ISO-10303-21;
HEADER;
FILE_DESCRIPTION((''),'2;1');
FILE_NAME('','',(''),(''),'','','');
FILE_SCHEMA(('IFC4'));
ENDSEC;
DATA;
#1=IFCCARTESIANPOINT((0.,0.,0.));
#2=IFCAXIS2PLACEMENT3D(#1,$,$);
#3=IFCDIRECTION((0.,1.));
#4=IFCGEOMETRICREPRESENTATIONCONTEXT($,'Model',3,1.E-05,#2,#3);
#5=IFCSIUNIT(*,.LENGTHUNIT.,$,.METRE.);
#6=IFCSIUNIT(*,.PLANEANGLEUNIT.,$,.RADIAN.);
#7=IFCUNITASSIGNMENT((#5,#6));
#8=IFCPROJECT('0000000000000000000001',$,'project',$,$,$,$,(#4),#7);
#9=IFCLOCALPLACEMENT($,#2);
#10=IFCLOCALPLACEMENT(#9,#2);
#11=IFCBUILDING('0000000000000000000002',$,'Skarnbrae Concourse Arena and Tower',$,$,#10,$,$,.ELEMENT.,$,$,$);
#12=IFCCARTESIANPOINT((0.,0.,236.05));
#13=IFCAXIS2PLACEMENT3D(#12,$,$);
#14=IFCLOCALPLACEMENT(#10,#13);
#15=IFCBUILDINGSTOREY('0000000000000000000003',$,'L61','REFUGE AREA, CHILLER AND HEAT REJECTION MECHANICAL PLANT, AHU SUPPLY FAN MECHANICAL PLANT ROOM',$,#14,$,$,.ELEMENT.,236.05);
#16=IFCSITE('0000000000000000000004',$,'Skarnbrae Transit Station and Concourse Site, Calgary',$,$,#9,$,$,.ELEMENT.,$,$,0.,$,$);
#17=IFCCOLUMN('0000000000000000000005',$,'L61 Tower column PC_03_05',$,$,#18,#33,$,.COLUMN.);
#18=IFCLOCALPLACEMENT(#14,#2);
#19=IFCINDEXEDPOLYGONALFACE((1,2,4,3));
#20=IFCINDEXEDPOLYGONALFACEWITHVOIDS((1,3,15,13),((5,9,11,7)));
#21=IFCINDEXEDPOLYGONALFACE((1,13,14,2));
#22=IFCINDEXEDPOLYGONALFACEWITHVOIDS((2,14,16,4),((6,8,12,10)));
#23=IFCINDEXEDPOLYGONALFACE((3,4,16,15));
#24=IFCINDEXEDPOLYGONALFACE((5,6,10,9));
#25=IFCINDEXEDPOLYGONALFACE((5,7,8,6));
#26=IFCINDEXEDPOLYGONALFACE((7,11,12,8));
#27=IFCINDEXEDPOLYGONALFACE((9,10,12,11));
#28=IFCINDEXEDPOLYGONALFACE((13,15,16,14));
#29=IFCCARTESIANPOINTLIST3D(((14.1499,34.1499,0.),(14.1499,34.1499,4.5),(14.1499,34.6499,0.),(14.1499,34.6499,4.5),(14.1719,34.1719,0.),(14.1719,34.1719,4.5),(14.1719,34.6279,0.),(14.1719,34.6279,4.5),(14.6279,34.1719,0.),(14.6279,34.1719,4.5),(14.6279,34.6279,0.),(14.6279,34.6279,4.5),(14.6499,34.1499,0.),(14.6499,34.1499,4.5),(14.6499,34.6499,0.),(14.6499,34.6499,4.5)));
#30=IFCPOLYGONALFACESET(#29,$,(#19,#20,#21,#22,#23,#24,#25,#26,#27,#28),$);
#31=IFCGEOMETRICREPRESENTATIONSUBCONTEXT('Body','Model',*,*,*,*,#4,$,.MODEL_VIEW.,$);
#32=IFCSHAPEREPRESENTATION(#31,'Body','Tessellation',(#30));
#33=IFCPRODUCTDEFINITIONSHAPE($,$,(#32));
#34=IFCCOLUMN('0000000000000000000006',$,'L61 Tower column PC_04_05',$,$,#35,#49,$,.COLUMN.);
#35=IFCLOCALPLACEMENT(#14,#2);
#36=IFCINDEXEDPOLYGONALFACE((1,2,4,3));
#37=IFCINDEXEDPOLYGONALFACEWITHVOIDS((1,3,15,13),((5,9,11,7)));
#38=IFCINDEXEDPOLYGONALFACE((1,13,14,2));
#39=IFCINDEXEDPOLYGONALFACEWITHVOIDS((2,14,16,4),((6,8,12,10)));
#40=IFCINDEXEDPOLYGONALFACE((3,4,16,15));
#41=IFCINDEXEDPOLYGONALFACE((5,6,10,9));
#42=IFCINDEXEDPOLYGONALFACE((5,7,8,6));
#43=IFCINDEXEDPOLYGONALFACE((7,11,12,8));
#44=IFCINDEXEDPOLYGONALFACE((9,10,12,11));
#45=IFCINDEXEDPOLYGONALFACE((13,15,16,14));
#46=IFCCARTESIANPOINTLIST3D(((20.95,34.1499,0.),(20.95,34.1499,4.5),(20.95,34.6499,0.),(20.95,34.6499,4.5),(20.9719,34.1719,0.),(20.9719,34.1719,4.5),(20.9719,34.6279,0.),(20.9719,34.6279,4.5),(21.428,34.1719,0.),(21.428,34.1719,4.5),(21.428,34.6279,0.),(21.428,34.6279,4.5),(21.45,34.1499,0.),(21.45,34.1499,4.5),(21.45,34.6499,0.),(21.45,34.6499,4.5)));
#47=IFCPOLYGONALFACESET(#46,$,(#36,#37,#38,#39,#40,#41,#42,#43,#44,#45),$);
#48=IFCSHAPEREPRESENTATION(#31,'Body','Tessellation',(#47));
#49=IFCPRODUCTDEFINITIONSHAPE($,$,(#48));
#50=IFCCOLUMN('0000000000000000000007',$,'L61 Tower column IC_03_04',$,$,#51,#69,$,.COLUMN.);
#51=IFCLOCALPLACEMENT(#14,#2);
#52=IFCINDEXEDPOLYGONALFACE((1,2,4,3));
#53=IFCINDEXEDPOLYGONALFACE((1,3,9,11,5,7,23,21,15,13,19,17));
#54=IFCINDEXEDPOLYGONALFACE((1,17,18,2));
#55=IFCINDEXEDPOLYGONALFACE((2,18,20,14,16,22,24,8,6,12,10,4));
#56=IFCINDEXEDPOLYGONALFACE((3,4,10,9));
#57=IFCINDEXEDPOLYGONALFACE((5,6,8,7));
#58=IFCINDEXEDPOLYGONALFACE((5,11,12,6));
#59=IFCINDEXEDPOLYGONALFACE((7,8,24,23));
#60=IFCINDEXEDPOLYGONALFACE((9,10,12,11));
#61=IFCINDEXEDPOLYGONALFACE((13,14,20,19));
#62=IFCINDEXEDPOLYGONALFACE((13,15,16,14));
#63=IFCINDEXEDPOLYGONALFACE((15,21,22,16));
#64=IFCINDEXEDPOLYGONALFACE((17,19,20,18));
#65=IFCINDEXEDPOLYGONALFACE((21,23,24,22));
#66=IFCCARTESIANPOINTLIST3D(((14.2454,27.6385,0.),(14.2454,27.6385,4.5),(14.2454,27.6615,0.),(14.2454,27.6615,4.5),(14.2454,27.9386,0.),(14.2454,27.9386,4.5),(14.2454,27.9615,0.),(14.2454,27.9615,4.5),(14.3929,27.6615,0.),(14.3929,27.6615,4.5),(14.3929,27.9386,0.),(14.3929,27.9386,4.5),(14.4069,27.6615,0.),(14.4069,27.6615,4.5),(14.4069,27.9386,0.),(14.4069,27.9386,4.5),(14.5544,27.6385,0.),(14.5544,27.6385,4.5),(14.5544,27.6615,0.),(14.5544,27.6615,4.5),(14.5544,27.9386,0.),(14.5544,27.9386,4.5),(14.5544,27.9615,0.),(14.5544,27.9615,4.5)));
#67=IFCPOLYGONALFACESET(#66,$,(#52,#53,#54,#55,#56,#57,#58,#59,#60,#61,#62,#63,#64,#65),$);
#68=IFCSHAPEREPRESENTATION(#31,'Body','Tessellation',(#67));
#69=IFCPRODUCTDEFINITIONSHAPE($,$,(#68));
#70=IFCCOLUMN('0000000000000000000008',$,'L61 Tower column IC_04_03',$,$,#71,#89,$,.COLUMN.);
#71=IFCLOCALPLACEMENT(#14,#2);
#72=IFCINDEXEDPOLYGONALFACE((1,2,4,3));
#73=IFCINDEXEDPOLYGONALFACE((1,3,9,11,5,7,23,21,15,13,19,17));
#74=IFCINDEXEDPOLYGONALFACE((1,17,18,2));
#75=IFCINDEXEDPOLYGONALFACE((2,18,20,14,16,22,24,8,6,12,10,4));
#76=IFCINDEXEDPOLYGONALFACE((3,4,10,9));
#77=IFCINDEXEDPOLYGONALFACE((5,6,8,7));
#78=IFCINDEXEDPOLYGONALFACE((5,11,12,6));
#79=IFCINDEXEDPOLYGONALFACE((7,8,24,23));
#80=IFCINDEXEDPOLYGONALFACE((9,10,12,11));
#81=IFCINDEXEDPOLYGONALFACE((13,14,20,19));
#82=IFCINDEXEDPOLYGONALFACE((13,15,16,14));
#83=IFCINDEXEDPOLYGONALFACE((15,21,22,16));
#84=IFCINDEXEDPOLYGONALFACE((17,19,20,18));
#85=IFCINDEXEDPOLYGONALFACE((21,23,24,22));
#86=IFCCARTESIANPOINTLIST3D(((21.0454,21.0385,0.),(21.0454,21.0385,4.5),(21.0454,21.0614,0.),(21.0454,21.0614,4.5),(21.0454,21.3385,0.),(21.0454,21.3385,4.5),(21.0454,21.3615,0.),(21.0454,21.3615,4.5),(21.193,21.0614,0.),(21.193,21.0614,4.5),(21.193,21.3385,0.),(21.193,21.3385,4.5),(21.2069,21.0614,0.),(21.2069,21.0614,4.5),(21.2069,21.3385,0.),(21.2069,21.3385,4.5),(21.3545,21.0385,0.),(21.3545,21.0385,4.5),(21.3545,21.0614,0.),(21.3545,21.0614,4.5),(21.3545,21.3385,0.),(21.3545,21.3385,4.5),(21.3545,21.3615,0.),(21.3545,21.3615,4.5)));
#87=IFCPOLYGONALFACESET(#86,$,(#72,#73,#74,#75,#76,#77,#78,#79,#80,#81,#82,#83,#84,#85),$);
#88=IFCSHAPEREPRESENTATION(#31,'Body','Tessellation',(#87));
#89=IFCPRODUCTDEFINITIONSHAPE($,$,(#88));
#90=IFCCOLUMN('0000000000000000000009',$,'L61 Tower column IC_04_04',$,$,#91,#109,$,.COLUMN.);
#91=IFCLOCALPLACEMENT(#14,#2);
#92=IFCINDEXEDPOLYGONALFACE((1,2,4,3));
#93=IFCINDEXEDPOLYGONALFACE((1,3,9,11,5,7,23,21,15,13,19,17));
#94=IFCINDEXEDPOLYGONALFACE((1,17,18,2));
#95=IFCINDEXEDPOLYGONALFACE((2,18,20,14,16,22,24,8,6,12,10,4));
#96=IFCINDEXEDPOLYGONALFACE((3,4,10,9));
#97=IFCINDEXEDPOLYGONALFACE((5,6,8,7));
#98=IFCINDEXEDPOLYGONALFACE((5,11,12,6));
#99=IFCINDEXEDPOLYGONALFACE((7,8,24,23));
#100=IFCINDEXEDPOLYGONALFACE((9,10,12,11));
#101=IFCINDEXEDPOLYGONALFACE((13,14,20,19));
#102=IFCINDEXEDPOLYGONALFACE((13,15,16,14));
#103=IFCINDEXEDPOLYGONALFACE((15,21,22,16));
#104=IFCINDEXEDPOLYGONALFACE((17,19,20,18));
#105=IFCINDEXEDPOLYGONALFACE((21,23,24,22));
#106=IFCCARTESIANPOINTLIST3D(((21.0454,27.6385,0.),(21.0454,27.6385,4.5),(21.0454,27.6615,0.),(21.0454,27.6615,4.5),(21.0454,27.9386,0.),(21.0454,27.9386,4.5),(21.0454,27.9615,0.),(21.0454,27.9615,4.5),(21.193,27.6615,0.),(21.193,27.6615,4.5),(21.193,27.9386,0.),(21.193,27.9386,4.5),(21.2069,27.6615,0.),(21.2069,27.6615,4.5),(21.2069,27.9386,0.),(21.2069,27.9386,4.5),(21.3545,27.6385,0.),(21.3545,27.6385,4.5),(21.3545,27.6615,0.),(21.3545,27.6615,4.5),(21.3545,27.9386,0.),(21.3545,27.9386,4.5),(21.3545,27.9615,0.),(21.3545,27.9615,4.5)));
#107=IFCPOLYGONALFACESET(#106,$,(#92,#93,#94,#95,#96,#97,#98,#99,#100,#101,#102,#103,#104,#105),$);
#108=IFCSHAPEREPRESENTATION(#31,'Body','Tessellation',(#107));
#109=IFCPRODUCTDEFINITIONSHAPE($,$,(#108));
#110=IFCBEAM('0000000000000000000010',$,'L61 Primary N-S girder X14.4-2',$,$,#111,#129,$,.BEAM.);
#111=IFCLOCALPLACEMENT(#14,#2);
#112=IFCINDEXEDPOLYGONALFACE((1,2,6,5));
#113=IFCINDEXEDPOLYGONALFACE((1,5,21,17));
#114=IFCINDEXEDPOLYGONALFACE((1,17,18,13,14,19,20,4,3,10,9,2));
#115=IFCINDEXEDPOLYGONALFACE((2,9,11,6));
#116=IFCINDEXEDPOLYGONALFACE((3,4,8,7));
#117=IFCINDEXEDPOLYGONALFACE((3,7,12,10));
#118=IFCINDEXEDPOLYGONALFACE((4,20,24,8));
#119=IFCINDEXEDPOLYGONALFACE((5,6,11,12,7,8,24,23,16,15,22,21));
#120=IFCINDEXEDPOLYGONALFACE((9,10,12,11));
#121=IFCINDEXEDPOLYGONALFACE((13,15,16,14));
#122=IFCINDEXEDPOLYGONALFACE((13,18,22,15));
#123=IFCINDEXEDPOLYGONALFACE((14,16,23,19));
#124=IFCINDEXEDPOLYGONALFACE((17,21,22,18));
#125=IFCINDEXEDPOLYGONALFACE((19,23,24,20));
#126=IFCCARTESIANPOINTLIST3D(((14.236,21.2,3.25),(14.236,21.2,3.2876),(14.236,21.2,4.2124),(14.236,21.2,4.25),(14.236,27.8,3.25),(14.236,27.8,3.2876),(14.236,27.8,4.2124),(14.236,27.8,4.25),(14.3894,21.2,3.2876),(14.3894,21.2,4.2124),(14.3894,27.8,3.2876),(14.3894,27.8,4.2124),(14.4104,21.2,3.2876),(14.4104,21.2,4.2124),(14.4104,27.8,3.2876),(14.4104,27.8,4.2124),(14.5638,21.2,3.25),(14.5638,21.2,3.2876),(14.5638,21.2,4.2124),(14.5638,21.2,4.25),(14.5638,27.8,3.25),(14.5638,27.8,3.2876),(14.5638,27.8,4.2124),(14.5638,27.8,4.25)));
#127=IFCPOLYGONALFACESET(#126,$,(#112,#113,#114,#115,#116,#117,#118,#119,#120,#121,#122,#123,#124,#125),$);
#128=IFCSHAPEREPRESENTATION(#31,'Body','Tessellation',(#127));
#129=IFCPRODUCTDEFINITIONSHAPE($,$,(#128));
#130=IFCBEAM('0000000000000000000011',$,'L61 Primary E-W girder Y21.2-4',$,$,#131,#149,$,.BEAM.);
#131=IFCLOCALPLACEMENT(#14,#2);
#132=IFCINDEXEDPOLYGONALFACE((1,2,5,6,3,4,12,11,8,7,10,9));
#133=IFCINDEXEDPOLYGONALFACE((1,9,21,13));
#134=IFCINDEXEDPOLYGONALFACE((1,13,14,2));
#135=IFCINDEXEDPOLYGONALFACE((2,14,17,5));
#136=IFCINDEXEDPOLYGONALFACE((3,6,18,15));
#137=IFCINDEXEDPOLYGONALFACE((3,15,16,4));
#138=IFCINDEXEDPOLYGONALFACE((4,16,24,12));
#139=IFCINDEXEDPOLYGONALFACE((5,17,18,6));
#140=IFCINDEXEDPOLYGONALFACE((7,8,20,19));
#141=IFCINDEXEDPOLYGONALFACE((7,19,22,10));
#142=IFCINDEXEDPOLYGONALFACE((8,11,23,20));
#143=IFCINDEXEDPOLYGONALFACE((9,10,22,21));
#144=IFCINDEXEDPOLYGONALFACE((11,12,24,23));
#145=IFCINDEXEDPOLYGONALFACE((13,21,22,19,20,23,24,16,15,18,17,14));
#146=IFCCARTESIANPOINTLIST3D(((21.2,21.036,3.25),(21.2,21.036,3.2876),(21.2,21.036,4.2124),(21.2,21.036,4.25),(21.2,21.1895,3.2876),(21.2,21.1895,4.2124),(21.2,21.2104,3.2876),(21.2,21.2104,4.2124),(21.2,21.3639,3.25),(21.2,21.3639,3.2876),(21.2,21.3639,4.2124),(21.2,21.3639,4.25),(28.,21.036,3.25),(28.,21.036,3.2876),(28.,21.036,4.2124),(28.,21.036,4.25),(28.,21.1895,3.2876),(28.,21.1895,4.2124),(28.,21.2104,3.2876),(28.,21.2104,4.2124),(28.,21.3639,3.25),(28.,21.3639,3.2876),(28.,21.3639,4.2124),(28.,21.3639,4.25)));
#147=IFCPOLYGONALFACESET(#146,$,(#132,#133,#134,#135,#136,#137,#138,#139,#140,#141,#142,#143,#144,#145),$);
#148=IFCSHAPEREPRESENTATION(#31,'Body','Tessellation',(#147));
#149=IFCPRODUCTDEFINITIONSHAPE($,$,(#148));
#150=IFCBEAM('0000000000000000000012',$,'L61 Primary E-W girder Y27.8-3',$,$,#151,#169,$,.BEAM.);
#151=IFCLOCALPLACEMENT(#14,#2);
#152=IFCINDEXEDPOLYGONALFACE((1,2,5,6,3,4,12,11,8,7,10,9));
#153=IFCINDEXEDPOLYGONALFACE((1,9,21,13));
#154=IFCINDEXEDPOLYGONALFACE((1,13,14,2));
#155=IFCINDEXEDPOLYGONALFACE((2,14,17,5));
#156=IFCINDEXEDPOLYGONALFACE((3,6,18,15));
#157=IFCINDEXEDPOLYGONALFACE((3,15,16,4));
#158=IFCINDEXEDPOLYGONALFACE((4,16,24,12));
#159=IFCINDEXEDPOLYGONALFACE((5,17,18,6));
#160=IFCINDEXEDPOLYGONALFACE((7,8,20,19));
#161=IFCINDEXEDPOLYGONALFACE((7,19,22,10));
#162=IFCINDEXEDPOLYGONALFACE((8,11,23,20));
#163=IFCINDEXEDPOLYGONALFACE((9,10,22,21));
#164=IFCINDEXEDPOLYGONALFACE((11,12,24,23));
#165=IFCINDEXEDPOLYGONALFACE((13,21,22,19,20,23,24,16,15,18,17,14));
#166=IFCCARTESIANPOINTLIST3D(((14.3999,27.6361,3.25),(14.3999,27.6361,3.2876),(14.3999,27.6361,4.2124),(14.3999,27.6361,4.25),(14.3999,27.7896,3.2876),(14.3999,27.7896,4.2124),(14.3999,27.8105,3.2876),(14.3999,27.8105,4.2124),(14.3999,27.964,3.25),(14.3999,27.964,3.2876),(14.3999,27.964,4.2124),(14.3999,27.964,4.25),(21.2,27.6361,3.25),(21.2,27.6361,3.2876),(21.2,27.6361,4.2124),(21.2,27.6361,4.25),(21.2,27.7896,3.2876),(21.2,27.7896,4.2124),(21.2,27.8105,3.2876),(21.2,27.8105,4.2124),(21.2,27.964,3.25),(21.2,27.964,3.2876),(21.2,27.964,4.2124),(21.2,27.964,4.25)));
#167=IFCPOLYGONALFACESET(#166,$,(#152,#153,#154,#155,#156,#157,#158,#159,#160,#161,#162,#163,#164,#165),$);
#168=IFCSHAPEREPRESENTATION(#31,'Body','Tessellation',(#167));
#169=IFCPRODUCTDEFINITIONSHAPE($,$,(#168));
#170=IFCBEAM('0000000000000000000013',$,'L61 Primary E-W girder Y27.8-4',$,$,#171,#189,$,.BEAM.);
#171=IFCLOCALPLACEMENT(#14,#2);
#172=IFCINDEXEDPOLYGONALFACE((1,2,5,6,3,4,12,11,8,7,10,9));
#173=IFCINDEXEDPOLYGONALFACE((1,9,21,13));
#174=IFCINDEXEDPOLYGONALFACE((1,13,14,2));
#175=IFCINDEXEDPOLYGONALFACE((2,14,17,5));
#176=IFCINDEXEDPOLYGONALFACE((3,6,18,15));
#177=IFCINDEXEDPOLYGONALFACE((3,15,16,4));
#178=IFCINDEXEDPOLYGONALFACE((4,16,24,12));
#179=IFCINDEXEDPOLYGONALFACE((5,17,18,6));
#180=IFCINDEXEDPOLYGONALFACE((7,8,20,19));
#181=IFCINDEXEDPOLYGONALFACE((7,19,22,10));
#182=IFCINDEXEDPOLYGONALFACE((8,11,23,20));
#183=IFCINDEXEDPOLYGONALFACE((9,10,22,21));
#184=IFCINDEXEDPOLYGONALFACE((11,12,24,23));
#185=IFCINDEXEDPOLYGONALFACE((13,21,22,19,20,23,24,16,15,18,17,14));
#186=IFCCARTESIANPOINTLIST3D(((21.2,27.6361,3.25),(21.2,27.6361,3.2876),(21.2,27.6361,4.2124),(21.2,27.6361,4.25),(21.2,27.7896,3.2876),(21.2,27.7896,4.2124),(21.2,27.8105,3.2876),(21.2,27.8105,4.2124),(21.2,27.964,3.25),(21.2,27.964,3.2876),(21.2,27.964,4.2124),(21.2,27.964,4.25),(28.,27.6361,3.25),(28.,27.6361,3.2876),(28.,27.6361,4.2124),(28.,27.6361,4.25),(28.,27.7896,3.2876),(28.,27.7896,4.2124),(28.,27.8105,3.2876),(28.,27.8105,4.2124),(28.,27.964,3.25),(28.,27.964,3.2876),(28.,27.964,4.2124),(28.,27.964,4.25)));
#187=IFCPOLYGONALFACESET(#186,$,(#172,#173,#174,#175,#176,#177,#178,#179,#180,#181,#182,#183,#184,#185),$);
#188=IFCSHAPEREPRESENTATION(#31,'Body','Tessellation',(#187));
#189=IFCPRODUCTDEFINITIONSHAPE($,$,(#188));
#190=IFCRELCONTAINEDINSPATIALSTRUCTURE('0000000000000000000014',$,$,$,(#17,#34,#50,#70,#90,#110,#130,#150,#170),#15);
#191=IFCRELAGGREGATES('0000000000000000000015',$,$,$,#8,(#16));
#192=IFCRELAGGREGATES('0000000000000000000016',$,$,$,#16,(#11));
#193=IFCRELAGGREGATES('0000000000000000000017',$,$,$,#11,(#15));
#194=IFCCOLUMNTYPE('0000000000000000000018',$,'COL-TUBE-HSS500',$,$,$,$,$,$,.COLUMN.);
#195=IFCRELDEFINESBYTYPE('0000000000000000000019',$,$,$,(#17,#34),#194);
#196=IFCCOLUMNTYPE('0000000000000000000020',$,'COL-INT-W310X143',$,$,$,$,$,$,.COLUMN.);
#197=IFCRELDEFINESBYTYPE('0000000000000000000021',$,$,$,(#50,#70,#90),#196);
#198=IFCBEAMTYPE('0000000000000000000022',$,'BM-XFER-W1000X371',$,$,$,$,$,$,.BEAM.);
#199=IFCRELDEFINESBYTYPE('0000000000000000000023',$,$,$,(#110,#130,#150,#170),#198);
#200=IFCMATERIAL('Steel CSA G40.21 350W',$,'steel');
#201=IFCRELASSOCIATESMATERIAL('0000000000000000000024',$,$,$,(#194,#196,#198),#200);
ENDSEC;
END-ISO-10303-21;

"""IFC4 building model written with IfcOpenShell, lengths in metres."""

from ifc_helpers import new_model, si_unit, direction, frame, origin, origin_2d, place, context, subcontext, project, spatial, hollow_rectangle, i_section, extrude, source, transform, mapped, material, material_profile, profile_set, type_object, element, save


model = new_model("IFC4")

# Units and contexts
model_context = context("Model", 3, precision=1e-05, world=origin(), true_north=direction((0.0, 1.0)))
body_context = subcontext(model_context, "Body", "Model", "MODEL_VIEW")
ifc_project = project(units=[si_unit("LENGTHUNIT", "METRE"), si_unit("PLANEANGLEUNIT", "RADIAN")], contexts=[model_context])

# Site, building, storey
site_placement = place(None, origin())
site = spatial("IfcSite", under=ifc_project, at=site_placement, Name="Skarnbrae Transit Station and Concourse Site, Calgary", CompositionType="ELEMENT", RefElevation=0.0)
building_placement = place(site_placement, origin())
building = spatial("IfcBuilding", under=site, at=building_placement, Name="Skarnbrae Concourse Arena and Tower", CompositionType="ELEMENT")
storey_placement = place(building_placement, frame((0.0, 0.0, 236.05)))
storey = spatial("IfcBuildingStorey", under=building, at=storey_placement, Name="L61", Description="REFUGE AREA, CHILLER AND HEAT REJECTION MECHANICAL PLANT, AHU SUPPLY FAN MECHANICAL PLANT ROOM", CompositionType="ELEMENT", Elevation=236.05)

# Columns
ifc_material_1 = material(Name="Steel CSA G40.21 350W", Category="steel")
ifc_material_profile_1 = material_profile(ifc_material_1, hollow_rectangle(XDim=0.5, YDim=0.5, WallThickness=0.022, at=origin_2d()), Name="HSS500X500X22.0")
ifc_profile_set_1 = profile_set([ifc_material_profile_1], Name="Steel CSA G40.21 350W")
column_type_1 = type_object("IfcColumnType", Name="COL-TUBE-HSS500", PredefinedType="COLUMN", material=ifc_profile_set_1)
shared_shape_1 = source(origin(), body_context, "Body", "SweptSolid", [
    extrude(hollow_rectangle(XDim=0.5, YDim=0.5, WallThickness=0.022, at=origin_2d()), origin(), (0.0, 0.0, 1.0), 4.5),
])
for number, where, z_axis, x_axis, name in (
    (1, (14.3999, 34.3999, 0.0), (0.0, 0.0, 1.0), (1.0, 0.0, 0.0), "L61 Tower column PC_03_05"),
    (2, (21.2, 34.3999, 0.0), (0.0, 0.0, 1.0), (1.0, 0.0, 0.0), "L61 Tower column PC_04_05"),
):
    element("IfcColumn", number, at=place(storey_placement, frame(where, z_axis=z_axis, x_axis=x_axis)), inside=storey, type_object=column_type_1, Name=name, PredefinedType="COLUMN", context=body_context, shape_type="MappedRepresentation", body=[
        mapped(shared_shape_1, transform((0.0, 0.0, 0.0))),
    ])
ifc_material_profile_2 = material_profile(ifc_material_1, i_section(OverallWidth=0.3091, OverallDepth=0.323, WebThickness=0.0139, FlangeThickness=0.0229, at=origin_2d()), Name="W310X143")
ifc_profile_set_2 = profile_set([ifc_material_profile_2], Name="Steel CSA G40.21 350W")
column_type_2 = type_object("IfcColumnType", Name="COL-INT-W310X143", PredefinedType="COLUMN", material=ifc_profile_set_2)
shared_shape_2 = source(origin(), body_context, "Body", "SweptSolid", [
    extrude(i_section(OverallWidth=0.3091, OverallDepth=0.323, WebThickness=0.0139, FlangeThickness=0.0229, at=origin_2d()), origin(), (0.0, 0.0, 1.0), 4.5),
])
for number, where, z_axis, x_axis, name in (
    (3, (14.3999, 27.8, 0.0), (0.0, 0.0, 1.0), (1.0, 0.0, 0.0), "L61 Tower column IC_03_04"),
    (4, (21.2, 21.2, 0.0), (0.0, 0.0, 1.0), (1.0, 0.0, 0.0), "L61 Tower column IC_04_03"),
    (5, (21.2, 27.8, 0.0), (0.0, 0.0, 1.0), (1.0, 0.0, 0.0), "L61 Tower column IC_04_04"),
):
    element("IfcColumn", number, at=place(storey_placement, frame(where, z_axis=z_axis, x_axis=x_axis)), inside=storey, type_object=column_type_2, Name=name, PredefinedType="COLUMN", context=body_context, shape_type="MappedRepresentation", body=[
        mapped(shared_shape_2, transform((0.0, 0.0, 0.0))),
    ])

# Beams
ifc_material_profile_3 = material_profile(ifc_material_1, i_section(OverallWidth=0.3279, OverallDepth=1.0, WebThickness=0.021, FlangeThickness=0.0376, at=origin_2d()), Name="W1000X371")
ifc_profile_set_3 = profile_set([ifc_material_profile_3], Name="Steel CSA G40.21 350W")
beam_type_1 = type_object("IfcBeamType", Name="BM-XFER-W1000X371", PredefinedType="BEAM", material=ifc_profile_set_3)
shared_shape_3 = source(origin(), body_context, "Body", "SweptSolid", [
    extrude(i_section(OverallWidth=0.3279, OverallDepth=1.0, WebThickness=0.021, FlangeThickness=0.0376, at=origin_2d()), origin(), (0.0, 0.0, 1.0), 6.6001),
])
beam_1_placement = place(storey_placement, frame((14.3999, 21.2, 3.75), z_axis=(0.0, 1.0, 0.0), x_axis=(-1.0, 0.0, 0.0)))
element("IfcBeam", 6, at=beam_1_placement, inside=storey, type_object=beam_type_1, Name="L61 Primary N-S girder X14.4-2", PredefinedType="BEAM", context=body_context, shape_type="MappedRepresentation", body=[
    mapped(shared_shape_3, transform((0.0, 0.0, 0.0))),
])
shared_shape_4 = source(origin(), body_context, "Body", "SweptSolid", [
    extrude(i_section(OverallWidth=0.3279, OverallDepth=1.0, WebThickness=0.021, FlangeThickness=0.0376, at=origin_2d()), origin(), (0.0, 0.0, 1.0), 6.8),
])
for number, where, z_axis, x_axis, name in (
    (7, (21.2, 21.2, 3.75), (1.0, 0.0, 0.0), (0.0, 1.0, 0.0), "L61 Primary E-W girder Y21.2-4"),
    (8, (14.3999, 27.8, 3.75), (1.0, 0.0, 0.0), (0.0, 1.0, 0.0), "L61 Primary E-W girder Y27.8-3"),
    (9, (21.2, 27.8, 3.75), (1.0, 0.0, 0.0), (0.0, 1.0, 0.0), "L61 Primary E-W girder Y27.8-4"),
):
    element("IfcBeam", number, at=place(storey_placement, frame(where, z_axis=z_axis, x_axis=x_axis)), inside=storey, type_object=beam_type_1, Name=name, PredefinedType="BEAM", context=body_context, shape_type="MappedRepresentation", body=[
        mapped(shared_shape_4, transform((0.0, 0.0, 0.0))),
    ])

save(model, "model.ifc")
